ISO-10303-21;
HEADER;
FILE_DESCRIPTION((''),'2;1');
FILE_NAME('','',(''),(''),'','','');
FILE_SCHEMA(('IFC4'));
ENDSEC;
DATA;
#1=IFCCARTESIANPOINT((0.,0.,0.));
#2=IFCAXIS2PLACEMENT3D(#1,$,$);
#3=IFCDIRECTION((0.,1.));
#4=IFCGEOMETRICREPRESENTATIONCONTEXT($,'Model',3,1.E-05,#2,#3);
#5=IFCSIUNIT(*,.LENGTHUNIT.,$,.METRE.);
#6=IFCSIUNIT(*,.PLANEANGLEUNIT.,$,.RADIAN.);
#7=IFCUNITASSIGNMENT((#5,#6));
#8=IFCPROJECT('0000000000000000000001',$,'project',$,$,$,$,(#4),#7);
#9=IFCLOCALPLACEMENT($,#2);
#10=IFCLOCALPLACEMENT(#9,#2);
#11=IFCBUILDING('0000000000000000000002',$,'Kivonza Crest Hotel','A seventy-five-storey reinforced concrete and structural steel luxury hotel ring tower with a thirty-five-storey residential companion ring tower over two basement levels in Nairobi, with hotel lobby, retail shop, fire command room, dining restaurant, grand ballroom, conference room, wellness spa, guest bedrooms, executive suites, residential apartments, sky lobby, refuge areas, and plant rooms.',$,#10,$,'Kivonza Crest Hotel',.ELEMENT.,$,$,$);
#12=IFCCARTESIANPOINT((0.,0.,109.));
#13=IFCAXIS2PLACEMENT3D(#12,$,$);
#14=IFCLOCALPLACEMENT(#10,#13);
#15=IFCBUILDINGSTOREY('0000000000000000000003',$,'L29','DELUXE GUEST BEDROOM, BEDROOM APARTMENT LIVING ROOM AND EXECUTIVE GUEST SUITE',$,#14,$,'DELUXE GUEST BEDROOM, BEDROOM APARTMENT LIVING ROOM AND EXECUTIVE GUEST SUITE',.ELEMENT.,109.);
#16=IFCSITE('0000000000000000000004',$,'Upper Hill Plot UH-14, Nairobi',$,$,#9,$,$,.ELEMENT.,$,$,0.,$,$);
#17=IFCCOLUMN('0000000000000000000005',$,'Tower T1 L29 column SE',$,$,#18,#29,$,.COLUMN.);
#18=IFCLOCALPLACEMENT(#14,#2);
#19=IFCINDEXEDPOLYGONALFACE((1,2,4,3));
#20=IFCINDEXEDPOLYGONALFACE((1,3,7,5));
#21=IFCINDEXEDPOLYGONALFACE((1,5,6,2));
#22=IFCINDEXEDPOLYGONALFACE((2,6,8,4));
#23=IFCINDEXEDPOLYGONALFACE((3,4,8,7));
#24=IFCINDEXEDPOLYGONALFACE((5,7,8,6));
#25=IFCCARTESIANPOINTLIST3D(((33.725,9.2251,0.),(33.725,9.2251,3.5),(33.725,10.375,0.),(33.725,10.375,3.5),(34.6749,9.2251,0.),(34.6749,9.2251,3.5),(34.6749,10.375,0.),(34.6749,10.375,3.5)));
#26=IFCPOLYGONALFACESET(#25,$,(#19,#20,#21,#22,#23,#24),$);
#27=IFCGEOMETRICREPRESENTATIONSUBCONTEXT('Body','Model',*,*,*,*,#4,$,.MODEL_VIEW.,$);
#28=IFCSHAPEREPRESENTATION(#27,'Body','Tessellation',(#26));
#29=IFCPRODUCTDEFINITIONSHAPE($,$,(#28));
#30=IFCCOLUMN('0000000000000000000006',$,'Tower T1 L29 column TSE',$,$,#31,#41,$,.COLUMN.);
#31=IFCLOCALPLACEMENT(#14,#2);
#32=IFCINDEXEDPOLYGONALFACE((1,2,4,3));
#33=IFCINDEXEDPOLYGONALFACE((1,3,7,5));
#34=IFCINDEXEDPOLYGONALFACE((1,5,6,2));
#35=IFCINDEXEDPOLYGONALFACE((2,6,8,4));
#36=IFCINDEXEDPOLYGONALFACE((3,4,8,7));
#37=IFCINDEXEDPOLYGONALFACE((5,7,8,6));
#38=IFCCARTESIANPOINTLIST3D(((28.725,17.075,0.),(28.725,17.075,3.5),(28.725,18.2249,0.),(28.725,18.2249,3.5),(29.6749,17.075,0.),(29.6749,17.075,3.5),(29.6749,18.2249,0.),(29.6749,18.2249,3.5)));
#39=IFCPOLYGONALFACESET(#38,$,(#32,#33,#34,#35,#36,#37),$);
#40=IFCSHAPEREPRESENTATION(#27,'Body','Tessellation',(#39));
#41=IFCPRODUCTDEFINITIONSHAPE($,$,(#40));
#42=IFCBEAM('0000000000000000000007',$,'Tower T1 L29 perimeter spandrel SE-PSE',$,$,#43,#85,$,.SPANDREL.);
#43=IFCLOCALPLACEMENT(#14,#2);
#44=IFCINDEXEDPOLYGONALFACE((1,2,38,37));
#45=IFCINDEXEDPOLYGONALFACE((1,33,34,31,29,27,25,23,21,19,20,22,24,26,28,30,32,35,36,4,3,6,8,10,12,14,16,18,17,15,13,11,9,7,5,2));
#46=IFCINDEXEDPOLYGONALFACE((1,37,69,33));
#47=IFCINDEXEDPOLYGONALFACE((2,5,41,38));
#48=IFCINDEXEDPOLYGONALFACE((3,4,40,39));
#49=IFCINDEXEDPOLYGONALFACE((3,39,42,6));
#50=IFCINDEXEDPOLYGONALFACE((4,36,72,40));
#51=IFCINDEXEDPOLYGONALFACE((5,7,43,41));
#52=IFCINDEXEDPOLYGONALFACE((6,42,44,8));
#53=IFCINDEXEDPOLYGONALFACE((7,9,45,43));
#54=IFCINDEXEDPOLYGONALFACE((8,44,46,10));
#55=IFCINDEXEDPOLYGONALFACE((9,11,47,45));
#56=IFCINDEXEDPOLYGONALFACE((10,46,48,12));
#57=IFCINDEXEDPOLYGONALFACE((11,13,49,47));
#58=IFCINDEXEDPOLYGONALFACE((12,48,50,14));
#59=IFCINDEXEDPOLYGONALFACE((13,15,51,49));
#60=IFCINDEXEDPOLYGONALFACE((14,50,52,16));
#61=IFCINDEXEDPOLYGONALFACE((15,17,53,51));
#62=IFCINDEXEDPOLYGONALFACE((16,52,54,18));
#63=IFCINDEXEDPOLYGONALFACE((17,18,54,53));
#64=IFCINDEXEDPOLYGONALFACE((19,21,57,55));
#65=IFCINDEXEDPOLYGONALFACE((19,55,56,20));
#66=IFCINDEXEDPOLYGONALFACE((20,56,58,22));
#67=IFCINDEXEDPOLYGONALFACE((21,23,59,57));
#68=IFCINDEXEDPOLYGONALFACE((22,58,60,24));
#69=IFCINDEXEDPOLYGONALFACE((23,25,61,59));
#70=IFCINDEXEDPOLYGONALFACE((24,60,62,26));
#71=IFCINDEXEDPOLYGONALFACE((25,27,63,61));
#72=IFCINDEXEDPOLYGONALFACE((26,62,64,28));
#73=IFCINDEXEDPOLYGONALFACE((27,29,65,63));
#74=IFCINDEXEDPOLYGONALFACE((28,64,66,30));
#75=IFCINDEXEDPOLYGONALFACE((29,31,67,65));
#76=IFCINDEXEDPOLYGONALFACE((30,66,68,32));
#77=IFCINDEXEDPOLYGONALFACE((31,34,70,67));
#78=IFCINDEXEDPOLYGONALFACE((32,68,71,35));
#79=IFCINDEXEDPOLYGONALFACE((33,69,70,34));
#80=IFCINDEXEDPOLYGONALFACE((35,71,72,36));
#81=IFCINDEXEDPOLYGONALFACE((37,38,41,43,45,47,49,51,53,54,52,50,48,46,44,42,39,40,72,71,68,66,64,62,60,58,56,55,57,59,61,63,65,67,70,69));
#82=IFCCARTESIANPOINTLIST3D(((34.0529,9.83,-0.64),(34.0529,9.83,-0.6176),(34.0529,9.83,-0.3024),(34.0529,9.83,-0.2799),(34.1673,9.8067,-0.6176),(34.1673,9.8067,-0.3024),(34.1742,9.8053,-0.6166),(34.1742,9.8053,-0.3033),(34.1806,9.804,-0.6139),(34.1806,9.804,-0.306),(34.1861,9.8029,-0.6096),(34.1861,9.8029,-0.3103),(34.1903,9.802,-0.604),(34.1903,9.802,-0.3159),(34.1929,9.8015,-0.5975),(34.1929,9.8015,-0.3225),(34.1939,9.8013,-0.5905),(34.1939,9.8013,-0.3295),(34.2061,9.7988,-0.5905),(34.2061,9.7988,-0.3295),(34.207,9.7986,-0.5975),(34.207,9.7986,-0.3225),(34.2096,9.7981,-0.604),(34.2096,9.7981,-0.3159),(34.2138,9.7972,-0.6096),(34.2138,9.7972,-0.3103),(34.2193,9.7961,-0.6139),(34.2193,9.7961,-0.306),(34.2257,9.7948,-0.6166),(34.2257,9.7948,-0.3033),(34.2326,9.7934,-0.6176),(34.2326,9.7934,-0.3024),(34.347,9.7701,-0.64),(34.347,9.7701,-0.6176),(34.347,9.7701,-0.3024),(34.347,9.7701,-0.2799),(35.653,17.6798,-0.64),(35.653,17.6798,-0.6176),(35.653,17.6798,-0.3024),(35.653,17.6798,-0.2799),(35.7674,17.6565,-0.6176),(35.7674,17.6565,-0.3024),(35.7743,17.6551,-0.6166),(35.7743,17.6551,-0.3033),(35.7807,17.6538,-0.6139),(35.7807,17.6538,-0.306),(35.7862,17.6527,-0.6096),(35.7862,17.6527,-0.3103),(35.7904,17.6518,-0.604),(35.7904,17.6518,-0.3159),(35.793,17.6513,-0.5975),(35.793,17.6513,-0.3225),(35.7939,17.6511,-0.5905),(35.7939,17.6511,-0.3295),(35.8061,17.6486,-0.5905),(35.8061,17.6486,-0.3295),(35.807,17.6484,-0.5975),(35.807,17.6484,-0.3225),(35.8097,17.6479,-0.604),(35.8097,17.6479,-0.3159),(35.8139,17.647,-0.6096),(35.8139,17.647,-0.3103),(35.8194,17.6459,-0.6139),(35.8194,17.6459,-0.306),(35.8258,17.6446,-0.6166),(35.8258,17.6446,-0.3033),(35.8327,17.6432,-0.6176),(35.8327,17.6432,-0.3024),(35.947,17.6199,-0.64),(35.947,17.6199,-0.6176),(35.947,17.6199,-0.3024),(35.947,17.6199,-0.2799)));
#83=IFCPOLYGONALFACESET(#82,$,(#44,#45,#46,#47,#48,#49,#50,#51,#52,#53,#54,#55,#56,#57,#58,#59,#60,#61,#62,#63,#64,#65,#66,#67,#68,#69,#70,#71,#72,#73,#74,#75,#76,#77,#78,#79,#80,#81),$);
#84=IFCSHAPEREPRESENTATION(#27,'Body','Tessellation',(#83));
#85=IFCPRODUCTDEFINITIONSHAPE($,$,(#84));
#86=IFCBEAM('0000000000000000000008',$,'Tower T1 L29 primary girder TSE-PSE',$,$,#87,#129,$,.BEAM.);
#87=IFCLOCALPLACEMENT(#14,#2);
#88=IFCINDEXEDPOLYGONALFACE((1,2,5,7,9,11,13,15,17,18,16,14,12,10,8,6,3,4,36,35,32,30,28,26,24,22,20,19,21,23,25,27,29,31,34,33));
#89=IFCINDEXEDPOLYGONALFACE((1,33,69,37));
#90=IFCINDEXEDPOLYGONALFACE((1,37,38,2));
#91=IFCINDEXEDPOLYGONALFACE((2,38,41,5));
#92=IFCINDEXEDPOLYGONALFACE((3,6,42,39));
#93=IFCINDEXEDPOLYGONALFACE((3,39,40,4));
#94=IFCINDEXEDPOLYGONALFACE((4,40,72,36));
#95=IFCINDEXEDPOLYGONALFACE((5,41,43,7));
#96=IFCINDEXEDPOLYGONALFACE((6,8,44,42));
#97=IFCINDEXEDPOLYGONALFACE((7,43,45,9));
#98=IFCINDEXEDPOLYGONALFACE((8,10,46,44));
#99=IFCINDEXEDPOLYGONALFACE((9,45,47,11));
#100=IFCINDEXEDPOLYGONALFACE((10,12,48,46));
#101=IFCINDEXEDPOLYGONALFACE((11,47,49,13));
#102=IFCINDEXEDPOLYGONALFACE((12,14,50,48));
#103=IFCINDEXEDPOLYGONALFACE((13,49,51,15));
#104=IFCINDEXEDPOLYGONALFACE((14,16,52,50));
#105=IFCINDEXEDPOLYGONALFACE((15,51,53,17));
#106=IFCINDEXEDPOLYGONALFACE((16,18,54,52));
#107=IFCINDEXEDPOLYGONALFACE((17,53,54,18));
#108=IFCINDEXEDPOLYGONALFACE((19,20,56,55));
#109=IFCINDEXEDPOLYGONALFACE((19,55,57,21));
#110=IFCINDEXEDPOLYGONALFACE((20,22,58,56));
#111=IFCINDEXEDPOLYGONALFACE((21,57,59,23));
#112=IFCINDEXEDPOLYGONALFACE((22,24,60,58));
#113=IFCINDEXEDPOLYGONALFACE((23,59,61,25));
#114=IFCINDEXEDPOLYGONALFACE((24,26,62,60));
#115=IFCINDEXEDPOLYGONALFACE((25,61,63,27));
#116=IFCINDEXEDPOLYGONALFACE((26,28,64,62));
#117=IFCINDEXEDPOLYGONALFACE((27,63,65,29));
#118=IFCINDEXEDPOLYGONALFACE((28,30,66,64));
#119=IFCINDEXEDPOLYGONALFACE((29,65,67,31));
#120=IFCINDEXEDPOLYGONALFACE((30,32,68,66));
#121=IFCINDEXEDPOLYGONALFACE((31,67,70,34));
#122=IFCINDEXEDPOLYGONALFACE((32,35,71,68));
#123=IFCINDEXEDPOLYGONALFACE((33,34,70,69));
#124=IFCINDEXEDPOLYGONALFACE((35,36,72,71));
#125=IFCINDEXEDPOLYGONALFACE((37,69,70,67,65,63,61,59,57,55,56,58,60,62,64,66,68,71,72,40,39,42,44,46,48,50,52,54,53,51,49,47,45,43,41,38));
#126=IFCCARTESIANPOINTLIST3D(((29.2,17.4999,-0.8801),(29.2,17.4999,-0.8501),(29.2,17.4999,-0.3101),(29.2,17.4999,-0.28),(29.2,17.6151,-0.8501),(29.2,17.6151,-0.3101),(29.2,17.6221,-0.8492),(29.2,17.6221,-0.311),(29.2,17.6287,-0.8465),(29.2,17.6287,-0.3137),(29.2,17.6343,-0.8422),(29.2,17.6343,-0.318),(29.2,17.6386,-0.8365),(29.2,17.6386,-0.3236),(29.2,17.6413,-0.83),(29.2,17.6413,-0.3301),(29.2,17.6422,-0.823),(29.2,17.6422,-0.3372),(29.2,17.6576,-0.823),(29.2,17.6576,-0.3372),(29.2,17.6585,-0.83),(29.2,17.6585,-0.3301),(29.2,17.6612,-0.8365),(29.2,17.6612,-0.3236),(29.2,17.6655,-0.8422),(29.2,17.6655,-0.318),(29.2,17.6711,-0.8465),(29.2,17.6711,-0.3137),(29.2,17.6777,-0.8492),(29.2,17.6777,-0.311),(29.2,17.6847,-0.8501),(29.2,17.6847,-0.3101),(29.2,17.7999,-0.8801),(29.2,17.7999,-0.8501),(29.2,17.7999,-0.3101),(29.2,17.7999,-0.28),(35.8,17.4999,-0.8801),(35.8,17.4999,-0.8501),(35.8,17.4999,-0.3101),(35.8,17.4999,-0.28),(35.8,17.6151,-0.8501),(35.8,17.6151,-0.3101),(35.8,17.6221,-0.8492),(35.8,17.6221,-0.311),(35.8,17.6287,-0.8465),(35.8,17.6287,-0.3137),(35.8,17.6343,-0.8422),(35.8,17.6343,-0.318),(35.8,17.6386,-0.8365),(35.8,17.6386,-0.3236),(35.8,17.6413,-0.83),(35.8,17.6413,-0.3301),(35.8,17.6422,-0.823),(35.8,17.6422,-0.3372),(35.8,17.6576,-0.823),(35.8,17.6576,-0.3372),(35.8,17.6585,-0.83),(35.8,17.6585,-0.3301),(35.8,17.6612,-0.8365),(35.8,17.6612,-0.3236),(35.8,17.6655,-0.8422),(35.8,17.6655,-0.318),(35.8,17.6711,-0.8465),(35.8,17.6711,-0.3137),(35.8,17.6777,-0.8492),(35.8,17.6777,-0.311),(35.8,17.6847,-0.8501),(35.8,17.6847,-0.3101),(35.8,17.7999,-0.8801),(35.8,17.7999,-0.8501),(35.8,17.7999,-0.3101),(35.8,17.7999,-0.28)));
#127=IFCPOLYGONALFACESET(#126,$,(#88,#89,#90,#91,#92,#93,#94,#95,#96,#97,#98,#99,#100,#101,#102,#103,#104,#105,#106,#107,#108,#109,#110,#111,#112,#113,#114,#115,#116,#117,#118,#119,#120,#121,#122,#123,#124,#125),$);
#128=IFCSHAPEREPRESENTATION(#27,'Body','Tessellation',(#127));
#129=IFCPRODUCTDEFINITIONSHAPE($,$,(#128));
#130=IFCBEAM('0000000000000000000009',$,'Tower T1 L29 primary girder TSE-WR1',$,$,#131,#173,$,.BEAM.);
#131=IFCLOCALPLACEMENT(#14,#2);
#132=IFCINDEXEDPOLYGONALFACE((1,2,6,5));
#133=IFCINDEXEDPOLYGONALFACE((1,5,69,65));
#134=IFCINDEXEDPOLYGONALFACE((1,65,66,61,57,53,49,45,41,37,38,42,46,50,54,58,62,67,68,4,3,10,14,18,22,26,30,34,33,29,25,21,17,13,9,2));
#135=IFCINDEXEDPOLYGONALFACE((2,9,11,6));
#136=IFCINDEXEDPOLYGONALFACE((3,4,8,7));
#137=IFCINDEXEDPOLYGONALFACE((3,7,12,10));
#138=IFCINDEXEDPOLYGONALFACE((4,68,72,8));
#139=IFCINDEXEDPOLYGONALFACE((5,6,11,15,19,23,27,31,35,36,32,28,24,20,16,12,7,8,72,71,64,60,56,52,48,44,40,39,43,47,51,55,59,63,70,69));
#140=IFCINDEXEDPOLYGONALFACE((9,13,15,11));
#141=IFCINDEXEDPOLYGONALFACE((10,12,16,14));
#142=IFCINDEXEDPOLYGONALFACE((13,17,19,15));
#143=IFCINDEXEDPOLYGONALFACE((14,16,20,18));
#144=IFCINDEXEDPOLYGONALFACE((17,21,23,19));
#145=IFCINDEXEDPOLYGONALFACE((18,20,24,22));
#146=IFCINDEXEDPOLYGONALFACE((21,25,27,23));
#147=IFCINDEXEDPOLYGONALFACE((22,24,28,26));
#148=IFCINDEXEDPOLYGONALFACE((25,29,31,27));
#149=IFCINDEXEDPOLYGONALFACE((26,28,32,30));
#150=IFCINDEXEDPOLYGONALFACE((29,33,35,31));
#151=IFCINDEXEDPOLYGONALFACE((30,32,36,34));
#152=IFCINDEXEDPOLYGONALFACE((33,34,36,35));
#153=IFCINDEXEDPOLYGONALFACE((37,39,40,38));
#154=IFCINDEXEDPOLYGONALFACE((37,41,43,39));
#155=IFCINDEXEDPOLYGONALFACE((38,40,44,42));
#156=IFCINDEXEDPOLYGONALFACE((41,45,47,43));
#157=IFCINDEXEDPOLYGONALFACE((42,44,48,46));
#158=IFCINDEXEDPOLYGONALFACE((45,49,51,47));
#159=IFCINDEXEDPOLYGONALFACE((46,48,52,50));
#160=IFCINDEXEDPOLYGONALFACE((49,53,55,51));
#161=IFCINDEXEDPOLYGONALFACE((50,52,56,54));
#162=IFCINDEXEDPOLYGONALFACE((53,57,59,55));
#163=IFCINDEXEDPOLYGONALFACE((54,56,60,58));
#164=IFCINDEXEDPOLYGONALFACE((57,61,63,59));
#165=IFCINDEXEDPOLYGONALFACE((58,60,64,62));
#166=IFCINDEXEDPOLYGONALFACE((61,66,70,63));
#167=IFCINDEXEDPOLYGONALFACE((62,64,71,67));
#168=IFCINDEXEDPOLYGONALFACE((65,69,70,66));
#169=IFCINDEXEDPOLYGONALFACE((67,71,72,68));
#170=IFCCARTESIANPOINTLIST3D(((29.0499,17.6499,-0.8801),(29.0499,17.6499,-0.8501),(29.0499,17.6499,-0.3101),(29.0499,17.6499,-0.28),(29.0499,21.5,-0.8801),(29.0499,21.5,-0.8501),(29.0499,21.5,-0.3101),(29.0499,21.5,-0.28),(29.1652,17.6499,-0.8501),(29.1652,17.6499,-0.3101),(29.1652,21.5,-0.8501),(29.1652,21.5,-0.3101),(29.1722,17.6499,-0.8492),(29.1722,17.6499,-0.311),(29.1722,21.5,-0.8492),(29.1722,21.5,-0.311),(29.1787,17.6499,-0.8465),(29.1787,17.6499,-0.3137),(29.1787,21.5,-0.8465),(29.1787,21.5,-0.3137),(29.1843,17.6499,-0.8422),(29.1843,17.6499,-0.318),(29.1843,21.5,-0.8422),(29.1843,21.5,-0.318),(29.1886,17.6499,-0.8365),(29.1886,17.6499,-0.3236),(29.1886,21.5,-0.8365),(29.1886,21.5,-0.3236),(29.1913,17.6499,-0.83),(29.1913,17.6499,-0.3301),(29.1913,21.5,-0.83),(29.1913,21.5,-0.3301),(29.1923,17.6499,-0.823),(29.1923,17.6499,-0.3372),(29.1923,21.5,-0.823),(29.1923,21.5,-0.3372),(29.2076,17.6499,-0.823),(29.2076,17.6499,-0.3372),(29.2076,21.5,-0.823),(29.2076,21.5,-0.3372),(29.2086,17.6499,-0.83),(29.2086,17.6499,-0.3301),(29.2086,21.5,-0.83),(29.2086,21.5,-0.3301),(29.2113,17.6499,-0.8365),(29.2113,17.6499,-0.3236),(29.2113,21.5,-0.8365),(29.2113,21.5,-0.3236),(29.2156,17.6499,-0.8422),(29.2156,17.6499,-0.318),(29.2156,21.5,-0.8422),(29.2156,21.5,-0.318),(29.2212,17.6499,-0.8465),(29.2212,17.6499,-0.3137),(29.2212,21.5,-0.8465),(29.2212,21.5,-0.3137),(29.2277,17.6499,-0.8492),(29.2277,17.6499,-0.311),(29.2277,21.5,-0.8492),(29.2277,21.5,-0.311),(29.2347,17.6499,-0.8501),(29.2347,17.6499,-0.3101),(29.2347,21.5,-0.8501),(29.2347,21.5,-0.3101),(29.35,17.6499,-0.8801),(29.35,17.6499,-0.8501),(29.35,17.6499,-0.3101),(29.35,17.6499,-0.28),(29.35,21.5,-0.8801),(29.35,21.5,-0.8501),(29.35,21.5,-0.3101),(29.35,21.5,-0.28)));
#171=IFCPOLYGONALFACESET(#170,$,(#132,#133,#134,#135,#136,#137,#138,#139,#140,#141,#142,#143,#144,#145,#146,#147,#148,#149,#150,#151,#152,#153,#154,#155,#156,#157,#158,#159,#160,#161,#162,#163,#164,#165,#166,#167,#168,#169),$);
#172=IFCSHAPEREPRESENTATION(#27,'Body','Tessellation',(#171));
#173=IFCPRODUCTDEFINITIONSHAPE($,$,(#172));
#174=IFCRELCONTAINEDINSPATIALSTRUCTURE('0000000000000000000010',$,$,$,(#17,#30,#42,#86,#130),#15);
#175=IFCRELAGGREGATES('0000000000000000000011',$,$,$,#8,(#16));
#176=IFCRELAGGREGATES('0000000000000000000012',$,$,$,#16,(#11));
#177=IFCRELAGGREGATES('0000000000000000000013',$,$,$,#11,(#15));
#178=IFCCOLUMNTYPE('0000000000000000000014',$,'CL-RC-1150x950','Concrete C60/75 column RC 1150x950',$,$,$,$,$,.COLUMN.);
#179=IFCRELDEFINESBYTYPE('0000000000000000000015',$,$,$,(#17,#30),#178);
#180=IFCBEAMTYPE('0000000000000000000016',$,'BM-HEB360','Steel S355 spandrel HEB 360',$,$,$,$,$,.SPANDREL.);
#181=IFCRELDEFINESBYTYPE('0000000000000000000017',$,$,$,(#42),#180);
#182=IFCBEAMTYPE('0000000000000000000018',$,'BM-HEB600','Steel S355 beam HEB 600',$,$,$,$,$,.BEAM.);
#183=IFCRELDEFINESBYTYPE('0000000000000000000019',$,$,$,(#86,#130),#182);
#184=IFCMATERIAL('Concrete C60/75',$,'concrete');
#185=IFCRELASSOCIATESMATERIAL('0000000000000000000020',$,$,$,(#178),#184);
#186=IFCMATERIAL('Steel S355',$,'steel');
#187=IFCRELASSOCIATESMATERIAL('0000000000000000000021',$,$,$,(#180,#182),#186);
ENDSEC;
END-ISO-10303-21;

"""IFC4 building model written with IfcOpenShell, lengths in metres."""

from ifc_helpers import new_model, si_unit, direction, frame, origin, origin_2d, place, context, subcontext, project, spatial, rectangle, i_section, extrude, material, material_profile, profile_set, type_object, element, save


model = new_model("IFC4")

# Units and contexts
model_context = context("Model", 3, precision=1e-05, world=origin(), true_north=direction((0.0, 1.0)))
body_context = subcontext(model_context, "Body", "Model", "MODEL_VIEW")
ifc_project = project(units=[si_unit("LENGTHUNIT", "METRE"), si_unit("PLANEANGLEUNIT", "RADIAN")], contexts=[model_context])

# Site, building, storey
site_placement = place(None, origin())
site = spatial("IfcSite", under=ifc_project, at=site_placement, Name="Upper Hill Plot UH-14, Nairobi", CompositionType="ELEMENT", RefElevation=0.0)
building_placement = place(site_placement, origin())
building = spatial("IfcBuilding", under=site, at=building_placement, Name="Kivonza Crest Hotel", Description="A seventy-five-storey reinforced concrete and structural steel luxury hotel ring tower with a thirty-five-storey residential companion ring tower over two basement levels in Nairobi, with hotel lobby, retail shop, fire command room, dining restaurant, grand ballroom, conference room, wellness spa, guest bedrooms, executive suites, residential apartments, sky lobby, refuge areas, and plant rooms.", LongName="Kivonza Crest Hotel", CompositionType="ELEMENT")
storey_placement = place(building_placement, frame((0.0, 0.0, 109.0)))
storey = spatial("IfcBuildingStorey", under=building, at=storey_placement, Name="L29", Description="DELUXE GUEST BEDROOM, BEDROOM APARTMENT LIVING ROOM AND EXECUTIVE GUEST SUITE", LongName="DELUXE GUEST BEDROOM, BEDROOM APARTMENT LIVING ROOM AND EXECUTIVE GUEST SUITE", CompositionType="ELEMENT", Elevation=109.0)

# Columns
ifc_material_1 = material(Name="Concrete C60/75", Category="concrete")
ifc_material_profile_1 = material_profile(ifc_material_1, rectangle(XDim=0.95, YDim=1.1499, at=origin_2d()), Name="RC 1150x950")
ifc_profile_set_1 = profile_set([ifc_material_profile_1], Name="Concrete C60/75")
column_type = type_object("IfcColumnType", Name="CL-RC-1150x950", Description="Concrete C60/75 column RC 1150x950", PredefinedType="COLUMN", material=ifc_profile_set_1)
for number, where, z_axis, x_axis, name in (
    (1, (34.2, 9.8, 0.0), (0.0, 0.0, 1.0), (1.0, 0.0, 0.0), "Tower T1 L29 column SE"),
    (2, (29.2, 17.6499, 0.0), (0.0, 0.0, 1.0), (1.0, 0.0, 0.0), "Tower T1 L29 column TSE"),
):
    element("IfcColumn", number, at=place(storey_placement, frame(where, z_axis=z_axis, x_axis=x_axis)), inside=storey, type_object=column_type, Name=name, PredefinedType="COLUMN", context=body_context, shape_type="SweptSolid", body=[
        extrude(rectangle(XDim=0.95, YDim=1.1499, at=origin_2d()), origin(), (0.0, 0.0, 1.0), 3.5),
    ])

# Beams
ifc_material_2 = material(Name="Steel S355", Category="steel")
ifc_material_profile_2 = material_profile(ifc_material_2, i_section(OverallWidth=0.3, OverallDepth=0.3601, WebThickness=0.0125, FlangeThickness=0.0225, FilletRadius=0.0271, at=origin_2d()), Name="HEB 360")
ifc_profile_set_2 = profile_set([ifc_material_profile_2], Name="Steel S355")
beam_type_1 = type_object("IfcBeamType", Name="BM-HEB360", Description="Steel S355 spandrel HEB 360", PredefinedType="SPANDREL", material=ifc_profile_set_2)
beam_1_placement = place(storey_placement, frame((34.2, 9.8, -0.46), z_axis=(0.199731, 0.979851, 0.0), x_axis=(-0.979851, 0.199731, 0.0)))
element("IfcBeam", 3, at=beam_1_placement, inside=storey, type_object=beam_type_1, Name="Tower T1 L29 perimeter spandrel SE-PSE", PredefinedType="SPANDREL", context=body_context, shape_type="SweptSolid", body=[
    extrude(i_section(OverallWidth=0.3, OverallDepth=0.3601, WebThickness=0.0125, FlangeThickness=0.0225, FilletRadius=0.0271, at=origin_2d()), origin(), (0.0, 0.0, 1.0), 8.0112),
])
ifc_material_profile_3 = material_profile(ifc_material_2, i_section(OverallWidth=0.3, OverallDepth=0.6001, WebThickness=0.0154, FlangeThickness=0.03, FilletRadius=0.0271, at=origin_2d()), Name="HEB 600")
ifc_profile_set_3 = profile_set([ifc_material_profile_3], Name="Steel S355")
beam_type_2 = type_object("IfcBeamType", Name="BM-HEB600", Description="Steel S355 beam HEB 600", PredefinedType="BEAM", material=ifc_profile_set_3)
beam_2_placement = place(storey_placement, frame((29.2, 17.6499, -0.5801), z_axis=(1.0, 0.0, 0.0), x_axis=(0.0, 1.0, 0.0)))
element("IfcBeam", 4, at=beam_2_placement, inside=storey, type_object=beam_type_2, Name="Tower T1 L29 primary girder TSE-PSE", PredefinedType="BEAM", context=body_context, shape_type="SweptSolid", body=[
    extrude(i_section(OverallWidth=0.3, OverallDepth=0.6001, WebThickness=0.0154, FlangeThickness=0.03, FilletRadius=0.0271, at=origin_2d()), origin(), (0.0, 0.0, 1.0), 6.6001),
])
beam_3_placement = place(storey_placement, frame((29.2, 17.6499, -0.5801), z_axis=(0.0, 1.0, 0.0), x_axis=(-1.0, 0.0, 0.0)))
element("IfcBeam", 5, at=beam_3_placement, inside=storey, type_object=beam_type_2, Name="Tower T1 L29 primary girder TSE-WR1", PredefinedType="BEAM", context=body_context, shape_type="SweptSolid", body=[
    extrude(i_section(OverallWidth=0.3, OverallDepth=0.6001, WebThickness=0.0154, FlangeThickness=0.03, FilletRadius=0.0271, at=origin_2d()), origin(), (0.0, 0.0, 1.0), 3.8501),
])

save(model, "model.ifc")
